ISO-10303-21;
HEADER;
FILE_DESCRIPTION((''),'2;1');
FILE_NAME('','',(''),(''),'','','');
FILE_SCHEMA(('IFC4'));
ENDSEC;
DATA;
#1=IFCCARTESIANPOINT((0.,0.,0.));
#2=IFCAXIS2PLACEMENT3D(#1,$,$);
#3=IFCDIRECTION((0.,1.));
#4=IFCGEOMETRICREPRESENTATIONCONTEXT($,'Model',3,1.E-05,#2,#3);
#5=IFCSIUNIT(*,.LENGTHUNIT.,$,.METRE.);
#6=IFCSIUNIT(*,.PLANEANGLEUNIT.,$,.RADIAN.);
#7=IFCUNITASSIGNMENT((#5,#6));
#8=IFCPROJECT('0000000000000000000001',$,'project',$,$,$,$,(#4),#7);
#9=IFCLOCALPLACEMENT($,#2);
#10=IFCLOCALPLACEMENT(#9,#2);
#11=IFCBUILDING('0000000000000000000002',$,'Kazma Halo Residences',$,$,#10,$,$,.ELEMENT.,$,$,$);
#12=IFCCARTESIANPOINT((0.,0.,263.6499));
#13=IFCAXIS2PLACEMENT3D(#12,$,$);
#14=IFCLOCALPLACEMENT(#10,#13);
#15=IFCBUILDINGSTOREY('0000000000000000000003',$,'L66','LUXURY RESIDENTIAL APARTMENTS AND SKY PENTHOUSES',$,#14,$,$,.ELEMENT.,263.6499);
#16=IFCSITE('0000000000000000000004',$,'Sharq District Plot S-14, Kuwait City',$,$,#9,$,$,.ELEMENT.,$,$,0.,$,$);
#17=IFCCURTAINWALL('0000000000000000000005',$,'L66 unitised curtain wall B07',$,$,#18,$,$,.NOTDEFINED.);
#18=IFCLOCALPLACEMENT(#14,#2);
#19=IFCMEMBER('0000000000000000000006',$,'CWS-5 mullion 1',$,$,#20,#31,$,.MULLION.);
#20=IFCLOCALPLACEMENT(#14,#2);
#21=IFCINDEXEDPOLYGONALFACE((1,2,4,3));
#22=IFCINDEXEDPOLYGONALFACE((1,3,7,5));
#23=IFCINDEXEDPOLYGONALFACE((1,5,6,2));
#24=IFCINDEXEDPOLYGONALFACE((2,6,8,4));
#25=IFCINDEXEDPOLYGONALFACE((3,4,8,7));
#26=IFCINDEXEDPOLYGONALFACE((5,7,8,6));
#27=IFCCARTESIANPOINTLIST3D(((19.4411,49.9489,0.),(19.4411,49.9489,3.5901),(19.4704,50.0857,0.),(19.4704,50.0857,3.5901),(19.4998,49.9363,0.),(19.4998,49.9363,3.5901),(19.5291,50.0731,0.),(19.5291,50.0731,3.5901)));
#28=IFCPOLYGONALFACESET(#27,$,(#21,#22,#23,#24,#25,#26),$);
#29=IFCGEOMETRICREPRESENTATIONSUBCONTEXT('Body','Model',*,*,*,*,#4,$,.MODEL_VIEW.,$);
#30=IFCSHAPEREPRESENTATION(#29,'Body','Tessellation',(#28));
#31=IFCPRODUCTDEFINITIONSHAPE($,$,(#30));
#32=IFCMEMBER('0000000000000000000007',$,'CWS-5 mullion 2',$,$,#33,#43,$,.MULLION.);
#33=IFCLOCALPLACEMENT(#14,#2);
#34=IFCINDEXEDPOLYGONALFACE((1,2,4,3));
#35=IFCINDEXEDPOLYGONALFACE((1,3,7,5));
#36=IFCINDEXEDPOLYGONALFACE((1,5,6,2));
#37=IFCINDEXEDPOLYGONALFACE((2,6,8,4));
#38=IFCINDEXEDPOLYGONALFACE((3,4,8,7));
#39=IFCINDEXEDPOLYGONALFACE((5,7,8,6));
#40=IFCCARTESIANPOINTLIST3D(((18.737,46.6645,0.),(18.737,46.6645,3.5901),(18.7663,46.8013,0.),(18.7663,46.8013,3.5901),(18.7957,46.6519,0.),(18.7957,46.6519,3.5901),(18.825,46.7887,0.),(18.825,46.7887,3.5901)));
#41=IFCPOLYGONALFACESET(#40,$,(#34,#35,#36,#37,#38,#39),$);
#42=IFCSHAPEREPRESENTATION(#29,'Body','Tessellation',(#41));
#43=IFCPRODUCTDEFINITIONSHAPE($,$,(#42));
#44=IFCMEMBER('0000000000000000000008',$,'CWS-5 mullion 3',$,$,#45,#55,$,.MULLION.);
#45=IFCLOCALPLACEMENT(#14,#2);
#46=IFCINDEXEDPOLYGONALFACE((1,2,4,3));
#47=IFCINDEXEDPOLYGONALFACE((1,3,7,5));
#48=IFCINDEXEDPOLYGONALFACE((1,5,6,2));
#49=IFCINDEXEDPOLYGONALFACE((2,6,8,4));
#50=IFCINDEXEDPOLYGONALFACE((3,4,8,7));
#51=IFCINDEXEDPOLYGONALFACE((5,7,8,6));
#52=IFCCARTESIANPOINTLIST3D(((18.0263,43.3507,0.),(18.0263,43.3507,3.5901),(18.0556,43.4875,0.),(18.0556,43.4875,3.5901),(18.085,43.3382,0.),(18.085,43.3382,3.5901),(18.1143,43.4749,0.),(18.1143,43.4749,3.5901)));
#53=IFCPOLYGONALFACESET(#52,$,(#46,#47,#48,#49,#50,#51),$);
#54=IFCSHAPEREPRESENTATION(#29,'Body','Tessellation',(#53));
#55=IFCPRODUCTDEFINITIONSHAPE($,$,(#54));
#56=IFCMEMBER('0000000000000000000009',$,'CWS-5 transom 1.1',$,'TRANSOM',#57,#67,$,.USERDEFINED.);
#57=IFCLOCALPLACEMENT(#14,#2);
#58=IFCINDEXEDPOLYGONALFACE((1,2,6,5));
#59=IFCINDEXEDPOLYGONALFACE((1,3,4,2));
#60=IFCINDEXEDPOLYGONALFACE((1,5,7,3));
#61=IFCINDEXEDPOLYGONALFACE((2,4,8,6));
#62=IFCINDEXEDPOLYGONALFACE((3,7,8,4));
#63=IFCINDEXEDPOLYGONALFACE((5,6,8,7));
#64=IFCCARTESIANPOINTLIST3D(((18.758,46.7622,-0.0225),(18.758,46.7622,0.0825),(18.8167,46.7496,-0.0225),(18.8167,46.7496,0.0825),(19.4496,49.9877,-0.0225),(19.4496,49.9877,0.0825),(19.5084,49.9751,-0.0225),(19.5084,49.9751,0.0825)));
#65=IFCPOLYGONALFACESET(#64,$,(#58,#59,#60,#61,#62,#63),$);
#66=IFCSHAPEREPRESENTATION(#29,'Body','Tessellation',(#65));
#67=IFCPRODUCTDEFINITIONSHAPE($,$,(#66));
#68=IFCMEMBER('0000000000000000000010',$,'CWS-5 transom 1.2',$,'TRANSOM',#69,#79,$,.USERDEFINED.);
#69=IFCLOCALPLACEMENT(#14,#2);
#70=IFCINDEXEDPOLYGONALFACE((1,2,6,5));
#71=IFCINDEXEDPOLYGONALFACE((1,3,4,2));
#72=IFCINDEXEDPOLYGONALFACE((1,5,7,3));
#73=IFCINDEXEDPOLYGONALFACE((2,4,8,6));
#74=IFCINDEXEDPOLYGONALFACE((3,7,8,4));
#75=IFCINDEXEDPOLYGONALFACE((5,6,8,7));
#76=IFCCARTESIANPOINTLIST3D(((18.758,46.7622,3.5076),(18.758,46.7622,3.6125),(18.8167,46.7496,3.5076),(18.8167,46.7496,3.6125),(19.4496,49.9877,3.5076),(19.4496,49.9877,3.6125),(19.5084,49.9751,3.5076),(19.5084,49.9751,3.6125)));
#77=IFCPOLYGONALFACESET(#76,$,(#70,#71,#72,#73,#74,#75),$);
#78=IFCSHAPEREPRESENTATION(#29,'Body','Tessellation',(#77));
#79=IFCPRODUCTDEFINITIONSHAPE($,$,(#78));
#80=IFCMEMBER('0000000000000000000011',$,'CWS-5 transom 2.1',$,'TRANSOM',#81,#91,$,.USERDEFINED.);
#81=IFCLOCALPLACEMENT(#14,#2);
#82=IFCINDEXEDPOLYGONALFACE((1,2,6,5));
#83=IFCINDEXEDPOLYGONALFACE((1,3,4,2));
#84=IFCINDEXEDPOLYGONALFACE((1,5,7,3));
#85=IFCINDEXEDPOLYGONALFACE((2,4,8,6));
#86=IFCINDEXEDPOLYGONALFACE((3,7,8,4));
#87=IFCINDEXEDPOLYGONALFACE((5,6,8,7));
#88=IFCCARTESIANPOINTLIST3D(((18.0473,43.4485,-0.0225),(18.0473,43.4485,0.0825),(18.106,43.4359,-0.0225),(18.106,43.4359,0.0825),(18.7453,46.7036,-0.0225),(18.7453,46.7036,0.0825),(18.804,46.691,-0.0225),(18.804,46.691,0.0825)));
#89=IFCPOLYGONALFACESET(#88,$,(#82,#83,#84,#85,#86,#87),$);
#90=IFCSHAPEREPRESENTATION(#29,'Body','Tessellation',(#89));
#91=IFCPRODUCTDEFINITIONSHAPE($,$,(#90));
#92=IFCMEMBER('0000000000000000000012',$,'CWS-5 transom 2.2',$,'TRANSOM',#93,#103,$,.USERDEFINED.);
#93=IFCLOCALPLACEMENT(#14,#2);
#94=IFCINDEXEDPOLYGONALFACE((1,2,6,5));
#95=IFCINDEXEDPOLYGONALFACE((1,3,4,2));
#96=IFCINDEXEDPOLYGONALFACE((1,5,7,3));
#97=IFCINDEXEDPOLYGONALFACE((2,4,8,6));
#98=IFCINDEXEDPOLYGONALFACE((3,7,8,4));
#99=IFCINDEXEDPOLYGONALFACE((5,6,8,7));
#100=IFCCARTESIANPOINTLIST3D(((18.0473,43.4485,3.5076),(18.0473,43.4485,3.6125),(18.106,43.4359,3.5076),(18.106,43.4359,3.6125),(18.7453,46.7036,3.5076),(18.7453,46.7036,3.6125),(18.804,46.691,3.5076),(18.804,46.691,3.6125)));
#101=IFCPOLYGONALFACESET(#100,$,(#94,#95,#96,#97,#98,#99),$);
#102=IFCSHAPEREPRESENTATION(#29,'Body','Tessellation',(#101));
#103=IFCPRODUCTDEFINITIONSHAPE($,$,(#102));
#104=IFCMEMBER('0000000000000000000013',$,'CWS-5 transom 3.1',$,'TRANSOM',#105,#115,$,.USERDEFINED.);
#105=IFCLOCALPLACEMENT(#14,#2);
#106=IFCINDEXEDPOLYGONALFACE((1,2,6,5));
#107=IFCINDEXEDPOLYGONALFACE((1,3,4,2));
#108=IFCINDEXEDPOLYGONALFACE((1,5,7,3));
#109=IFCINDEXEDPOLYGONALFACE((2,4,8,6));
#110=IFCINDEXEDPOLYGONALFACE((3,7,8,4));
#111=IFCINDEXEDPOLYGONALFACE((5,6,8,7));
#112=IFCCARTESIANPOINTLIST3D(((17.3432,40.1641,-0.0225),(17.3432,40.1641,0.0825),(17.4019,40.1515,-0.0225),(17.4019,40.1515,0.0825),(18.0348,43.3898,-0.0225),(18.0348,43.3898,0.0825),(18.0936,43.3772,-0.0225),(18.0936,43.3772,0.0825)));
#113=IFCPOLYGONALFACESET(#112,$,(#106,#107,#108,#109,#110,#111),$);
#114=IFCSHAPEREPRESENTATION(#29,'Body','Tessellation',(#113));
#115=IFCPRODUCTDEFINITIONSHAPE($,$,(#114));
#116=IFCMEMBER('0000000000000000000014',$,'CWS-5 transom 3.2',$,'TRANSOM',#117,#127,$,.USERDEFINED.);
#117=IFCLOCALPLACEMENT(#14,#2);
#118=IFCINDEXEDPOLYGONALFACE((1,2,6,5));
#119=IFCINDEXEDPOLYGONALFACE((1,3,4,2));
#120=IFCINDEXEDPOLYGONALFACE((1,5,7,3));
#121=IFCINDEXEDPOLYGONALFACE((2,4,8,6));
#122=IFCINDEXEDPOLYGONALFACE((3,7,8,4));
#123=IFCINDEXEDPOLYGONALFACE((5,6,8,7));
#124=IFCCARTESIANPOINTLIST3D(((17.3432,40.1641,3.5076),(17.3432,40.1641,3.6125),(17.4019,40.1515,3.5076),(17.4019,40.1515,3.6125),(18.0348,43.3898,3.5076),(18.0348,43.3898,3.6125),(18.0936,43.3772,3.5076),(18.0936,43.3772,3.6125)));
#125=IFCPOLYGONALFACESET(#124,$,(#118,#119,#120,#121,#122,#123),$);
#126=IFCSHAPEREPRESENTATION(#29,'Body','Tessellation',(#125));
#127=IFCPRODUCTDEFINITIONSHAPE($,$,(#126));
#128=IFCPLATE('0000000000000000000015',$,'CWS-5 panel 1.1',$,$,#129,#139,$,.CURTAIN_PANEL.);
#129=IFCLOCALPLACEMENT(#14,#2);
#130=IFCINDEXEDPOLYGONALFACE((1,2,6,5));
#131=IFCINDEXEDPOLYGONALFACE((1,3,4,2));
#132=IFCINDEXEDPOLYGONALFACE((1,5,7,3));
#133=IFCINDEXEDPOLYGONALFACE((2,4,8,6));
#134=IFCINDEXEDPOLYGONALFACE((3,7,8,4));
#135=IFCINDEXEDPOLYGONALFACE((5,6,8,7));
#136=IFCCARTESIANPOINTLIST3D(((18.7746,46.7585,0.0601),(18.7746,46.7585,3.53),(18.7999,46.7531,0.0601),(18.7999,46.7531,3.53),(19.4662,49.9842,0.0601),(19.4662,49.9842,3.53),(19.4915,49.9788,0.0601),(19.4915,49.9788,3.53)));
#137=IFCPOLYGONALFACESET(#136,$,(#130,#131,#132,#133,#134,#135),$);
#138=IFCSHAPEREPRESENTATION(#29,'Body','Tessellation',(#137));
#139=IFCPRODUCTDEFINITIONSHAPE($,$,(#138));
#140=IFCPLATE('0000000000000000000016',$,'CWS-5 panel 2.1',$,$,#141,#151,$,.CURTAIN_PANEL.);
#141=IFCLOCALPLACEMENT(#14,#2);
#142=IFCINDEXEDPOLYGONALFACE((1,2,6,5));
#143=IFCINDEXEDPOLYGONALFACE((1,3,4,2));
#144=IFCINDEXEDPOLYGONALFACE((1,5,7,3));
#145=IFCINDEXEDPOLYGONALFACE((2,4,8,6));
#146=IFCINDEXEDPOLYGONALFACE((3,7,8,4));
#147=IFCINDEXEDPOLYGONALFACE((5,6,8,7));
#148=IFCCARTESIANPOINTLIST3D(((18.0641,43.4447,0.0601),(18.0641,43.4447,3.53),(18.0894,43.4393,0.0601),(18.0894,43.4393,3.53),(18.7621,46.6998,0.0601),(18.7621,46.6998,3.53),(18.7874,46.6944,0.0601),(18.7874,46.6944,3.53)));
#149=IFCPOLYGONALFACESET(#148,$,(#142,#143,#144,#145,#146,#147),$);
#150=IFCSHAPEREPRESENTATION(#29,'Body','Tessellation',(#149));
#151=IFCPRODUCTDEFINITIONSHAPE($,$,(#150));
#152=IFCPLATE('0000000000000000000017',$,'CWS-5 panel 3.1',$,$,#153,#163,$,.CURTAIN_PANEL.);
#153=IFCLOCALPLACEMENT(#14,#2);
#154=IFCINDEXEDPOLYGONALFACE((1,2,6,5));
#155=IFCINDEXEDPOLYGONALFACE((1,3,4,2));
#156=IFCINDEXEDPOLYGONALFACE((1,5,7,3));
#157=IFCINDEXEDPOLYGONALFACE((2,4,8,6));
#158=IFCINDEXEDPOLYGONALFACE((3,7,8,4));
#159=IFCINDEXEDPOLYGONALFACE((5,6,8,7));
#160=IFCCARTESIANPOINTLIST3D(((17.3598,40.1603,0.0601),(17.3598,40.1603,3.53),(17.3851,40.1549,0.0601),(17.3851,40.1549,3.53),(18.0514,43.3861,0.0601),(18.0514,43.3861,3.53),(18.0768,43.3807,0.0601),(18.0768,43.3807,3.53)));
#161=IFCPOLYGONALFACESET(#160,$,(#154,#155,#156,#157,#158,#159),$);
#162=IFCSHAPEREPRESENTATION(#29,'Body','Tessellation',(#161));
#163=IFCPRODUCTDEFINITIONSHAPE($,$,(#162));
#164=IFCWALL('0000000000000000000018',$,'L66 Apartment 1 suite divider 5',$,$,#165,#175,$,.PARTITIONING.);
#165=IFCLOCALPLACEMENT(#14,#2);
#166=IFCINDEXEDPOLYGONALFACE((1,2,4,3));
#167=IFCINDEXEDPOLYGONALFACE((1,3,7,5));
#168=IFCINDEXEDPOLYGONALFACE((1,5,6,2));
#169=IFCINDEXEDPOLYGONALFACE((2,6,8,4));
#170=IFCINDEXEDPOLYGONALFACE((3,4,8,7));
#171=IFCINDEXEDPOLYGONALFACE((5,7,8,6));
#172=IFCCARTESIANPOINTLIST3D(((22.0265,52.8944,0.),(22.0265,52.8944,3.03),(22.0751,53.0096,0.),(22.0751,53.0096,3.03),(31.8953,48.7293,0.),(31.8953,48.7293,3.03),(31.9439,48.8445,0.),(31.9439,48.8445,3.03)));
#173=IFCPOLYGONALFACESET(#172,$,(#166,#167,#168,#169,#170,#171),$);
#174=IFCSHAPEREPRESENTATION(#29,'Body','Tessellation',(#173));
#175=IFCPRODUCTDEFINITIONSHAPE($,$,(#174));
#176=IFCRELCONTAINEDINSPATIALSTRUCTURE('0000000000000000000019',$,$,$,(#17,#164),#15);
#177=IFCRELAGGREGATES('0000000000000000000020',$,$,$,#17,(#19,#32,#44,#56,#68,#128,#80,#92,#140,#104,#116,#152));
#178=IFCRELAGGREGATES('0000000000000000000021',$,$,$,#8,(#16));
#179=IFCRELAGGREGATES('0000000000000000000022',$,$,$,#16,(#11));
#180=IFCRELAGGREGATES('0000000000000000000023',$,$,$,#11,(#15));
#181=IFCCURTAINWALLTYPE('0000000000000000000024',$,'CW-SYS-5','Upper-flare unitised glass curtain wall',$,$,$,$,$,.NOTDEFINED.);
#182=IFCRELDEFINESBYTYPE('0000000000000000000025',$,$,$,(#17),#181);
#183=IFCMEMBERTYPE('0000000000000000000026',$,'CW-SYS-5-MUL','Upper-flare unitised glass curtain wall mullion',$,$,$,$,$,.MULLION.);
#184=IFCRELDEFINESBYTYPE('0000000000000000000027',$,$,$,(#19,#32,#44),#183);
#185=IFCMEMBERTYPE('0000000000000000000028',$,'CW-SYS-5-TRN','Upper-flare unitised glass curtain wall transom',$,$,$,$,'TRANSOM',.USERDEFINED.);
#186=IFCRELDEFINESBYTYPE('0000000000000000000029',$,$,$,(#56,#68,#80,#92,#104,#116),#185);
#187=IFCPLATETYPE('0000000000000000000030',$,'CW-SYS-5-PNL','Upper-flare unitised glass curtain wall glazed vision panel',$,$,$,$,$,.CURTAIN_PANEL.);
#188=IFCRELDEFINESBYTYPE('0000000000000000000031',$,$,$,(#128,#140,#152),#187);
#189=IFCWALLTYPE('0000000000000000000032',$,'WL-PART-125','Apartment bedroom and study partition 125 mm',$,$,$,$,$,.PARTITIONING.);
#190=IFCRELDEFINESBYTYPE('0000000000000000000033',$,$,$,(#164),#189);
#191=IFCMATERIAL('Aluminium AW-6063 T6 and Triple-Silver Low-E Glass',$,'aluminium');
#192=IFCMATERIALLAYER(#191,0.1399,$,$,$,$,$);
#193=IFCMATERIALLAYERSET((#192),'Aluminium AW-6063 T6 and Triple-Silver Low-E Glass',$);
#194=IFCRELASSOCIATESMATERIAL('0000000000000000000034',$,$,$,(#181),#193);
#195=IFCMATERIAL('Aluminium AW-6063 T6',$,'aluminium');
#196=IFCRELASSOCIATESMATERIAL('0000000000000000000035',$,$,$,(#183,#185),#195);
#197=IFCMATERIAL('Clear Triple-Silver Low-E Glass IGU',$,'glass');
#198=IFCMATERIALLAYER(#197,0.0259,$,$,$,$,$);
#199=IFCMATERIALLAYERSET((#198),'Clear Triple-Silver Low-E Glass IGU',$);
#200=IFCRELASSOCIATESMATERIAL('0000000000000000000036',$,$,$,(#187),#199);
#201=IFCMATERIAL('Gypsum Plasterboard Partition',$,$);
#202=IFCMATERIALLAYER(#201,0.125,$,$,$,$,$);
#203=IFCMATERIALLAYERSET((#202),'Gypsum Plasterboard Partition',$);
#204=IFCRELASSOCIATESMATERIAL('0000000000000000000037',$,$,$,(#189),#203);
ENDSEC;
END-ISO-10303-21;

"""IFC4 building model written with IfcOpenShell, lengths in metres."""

from ifc_helpers import new_model, si_unit, direction, frame, frame_2d, origin, origin_2d, place, context, subcontext, project, spatial, rectangle, extrude, material, layer, layer_set, material_profile, profile_set, type_object, element, aggregate, save


model = new_model("IFC4")

# Units and contexts
model_context = context("Model", 3, precision=1e-05, world=origin(), true_north=direction((0.0, 1.0)))
body_context = subcontext(model_context, "Body", "Model", "MODEL_VIEW")
ifc_project = project(units=[si_unit("LENGTHUNIT", "METRE"), si_unit("PLANEANGLEUNIT", "RADIAN")], contexts=[model_context])

# Site, building, storey
site_placement = place(None, origin())
site = spatial("IfcSite", under=ifc_project, at=site_placement, Name="Sharq District Plot S-14, Kuwait City", CompositionType="ELEMENT", RefElevation=0.0)
building_placement = place(site_placement, origin())
building = spatial("IfcBuilding", under=site, at=building_placement, Name="Kazma Halo Residences", CompositionType="ELEMENT")
storey_placement = place(building_placement, frame((0.0, 0.0, 263.6499)))
storey = spatial("IfcBuildingStorey", under=building, at=storey_placement, Name="L66", Description="LUXURY RESIDENTIAL APARTMENTS AND SKY PENTHOUSES", CompositionType="ELEMENT", Elevation=263.6499)

# Curtain wall, members, plates
ifc_material_1 = material(Name="Aluminium AW-6063 T6 and Triple-Silver Low-E Glass", Category="aluminium")
ifc_layer_1 = layer(ifc_material_1, 0.1399)
ifc_layer_set_1 = layer_set([ifc_layer_1], Name="Aluminium AW-6063 T6 and Triple-Silver Low-E Glass")
curtain_wall_type = type_object("IfcCurtainWallType", Name="CW-SYS-5", Description="Upper-flare unitised glass curtain wall", PredefinedType="NOTDEFINED", material=ifc_layer_set_1)
curtain_wall_placement = place(storey_placement, origin())
curtain_wall = element("IfcCurtainWall", 1, at=curtain_wall_placement, inside=storey, type_object=curtain_wall_type, Name="L66 unitised curtain wall B07", PredefinedType="NOTDEFINED")
ifc_material_2 = material(Name="Aluminium AW-6063 T6", Category="aluminium")
ifc_material_profile_1 = material_profile(ifc_material_2, rectangle(XDim=0.0601, YDim=0.1399, at=origin_2d()), Name="CWM-60x140")
ifc_profile_set_1 = profile_set([ifc_material_profile_1], Name="Aluminium AW-6063 T6")
member_type_1 = type_object("IfcMemberType", Name="CW-SYS-5-MUL", Description="Upper-flare unitised glass curtain wall mullion", PredefinedType="MULLION", material=ifc_profile_set_1)
member_1_placement = place(storey_placement, frame((19.4851, 50.011, 0.0), z_axis=(0.0, 0.0, 1.0), x_axis=(0.977775, -0.209657, 0.0)))
member_1 = element("IfcMember", 2, at=member_1_placement, type_object=member_type_1, Name="CWS-5 mullion 1", PredefinedType="MULLION", context=body_context, shape_type="SweptSolid", body=[
    extrude(rectangle(XDim=0.0601, YDim=0.1399, at=origin_2d()), origin(), (0.0, 0.0, 1.0), 3.5901),
])
member_2_placement = place(storey_placement, frame((18.781, 46.7266, 0.0), z_axis=(0.0, 0.0, 1.0), x_axis=(0.977775, -0.209657, 0.0)))
member_2 = element("IfcMember", 3, at=member_2_placement, type_object=member_type_1, Name="CWS-5 mullion 2", PredefinedType="MULLION", context=body_context, shape_type="SweptSolid", body=[
    extrude(rectangle(XDim=0.0601, YDim=0.1399, at=origin_2d()), origin(), (0.0, 0.0, 1.0), 3.5901),
])
member_3_placement = place(storey_placement, frame((18.0703, 43.4128, 0.0), z_axis=(0.0, 0.0, 1.0), x_axis=(0.977775, -0.209657, 0.0)))
member_3 = element("IfcMember", 4, at=member_3_placement, type_object=member_type_1, Name="CWS-5 mullion 3", PredefinedType="MULLION", context=body_context, shape_type="SweptSolid", body=[
    extrude(rectangle(XDim=0.0601, YDim=0.1399, at=origin_2d()), origin(), (0.0, 0.0, 1.0), 3.5901),
])
ifc_material_profile_2 = material_profile(ifc_material_2, rectangle(XDim=0.0601, YDim=0.105, at=origin_2d()), Name="CWT-60x105")
ifc_profile_set_2 = profile_set([ifc_material_profile_2], Name="Aluminium AW-6063 T6")
member_type_2 = type_object("IfcMemberType", Name="CW-SYS-5-TRN", Description="Upper-flare unitised glass curtain wall transom", ElementType="TRANSOM", PredefinedType="USERDEFINED", material=ifc_profile_set_2)
member_4_placement = place(storey_placement, frame((19.479, 49.9814, 0.03), z_axis=(-0.20966, -0.977774, 0.0), x_axis=(0.977774, -0.20966, 0.0)))
member_4 = element("IfcMember", 5, at=member_4_placement, type_object=member_type_2, Name="CWS-5 transom 1.1", ObjectType="TRANSOM", PredefinedType="USERDEFINED", context=body_context, shape_type="SweptSolid", body=[
    extrude(rectangle(XDim=0.0601, YDim=0.105, at=origin_2d()), origin(), (0.0, 0.0, 1.0), 3.2988),
])
member_5_placement = place(storey_placement, frame((19.479, 49.9814, 3.5601), z_axis=(-0.20966, -0.977774, 0.0), x_axis=(0.977774, -0.20966, 0.0)))
member_5 = element("IfcMember", 6, at=member_5_placement, type_object=member_type_2, Name="CWS-5 transom 1.2", ObjectType="TRANSOM", PredefinedType="USERDEFINED", context=body_context, shape_type="SweptSolid", body=[
    extrude(rectangle(XDim=0.0601, YDim=0.105, at=origin_2d()), origin(), (0.0, 0.0, 1.0), 3.2988),
])
member_6_placement = place(storey_placement, frame((18.7747, 46.6973, 0.03), z_axis=(-0.209664, -0.977773, 0.0), x_axis=(0.977773, -0.209664, 0.0)))
member_6 = element("IfcMember", 7, at=member_6_placement, type_object=member_type_2, Name="CWS-5 transom 2.1", ObjectType="TRANSOM", PredefinedType="USERDEFINED", context=body_context, shape_type="SweptSolid", body=[
    extrude(rectangle(XDim=0.0601, YDim=0.105, at=origin_2d()), origin(), (0.0, 0.0, 1.0), 3.3291),
])
member_7_placement = place(storey_placement, frame((18.7747, 46.6973, 3.5601), z_axis=(-0.209664, -0.977773, 0.0), x_axis=(0.977773, -0.209664, 0.0)))
member_7 = element("IfcMember", 8, at=member_7_placement, type_object=member_type_2, Name="CWS-5 transom 2.2", ObjectType="TRANSOM", PredefinedType="USERDEFINED", context=body_context, shape_type="SweptSolid", body=[
    extrude(rectangle(XDim=0.0601, YDim=0.105, at=origin_2d()), origin(), (0.0, 0.0, 1.0), 3.3291),
])
member_8_placement = place(storey_placement, frame((18.0642, 43.3835, 0.03), z_axis=(-0.209645, -0.977777, 0.0), x_axis=(0.977777, -0.209645, 0.0)))
member_8 = element("IfcMember", 9, at=member_8_placement, type_object=member_type_2, Name="CWS-5 transom 3.1", ObjectType="TRANSOM", PredefinedType="USERDEFINED", context=body_context, shape_type="SweptSolid", body=[
    extrude(rectangle(XDim=0.0601, YDim=0.105, at=origin_2d()), origin(), (0.0, 0.0, 1.0), 3.2991),
])
member_9_placement = place(storey_placement, frame((18.0642, 43.3835, 3.5601), z_axis=(-0.209645, -0.977777, 0.0), x_axis=(0.977777, -0.209645, 0.0)))
member_9 = element("IfcMember", 10, at=member_9_placement, type_object=member_type_2, Name="CWS-5 transom 3.2", ObjectType="TRANSOM", PredefinedType="USERDEFINED", context=body_context, shape_type="SweptSolid", body=[
    extrude(rectangle(XDim=0.0601, YDim=0.105, at=origin_2d()), origin(), (0.0, 0.0, 1.0), 3.2991),
])
ifc_material_3 = material(Name="Clear Triple-Silver Low-E Glass IGU", Category="glass")
ifc_layer_2 = layer(ifc_material_3, 0.0259)
ifc_layer_set_2 = layer_set([ifc_layer_2], Name="Clear Triple-Silver Low-E Glass IGU")
plate_type = type_object("IfcPlateType", Name="CW-SYS-5-PNL", Description="Upper-flare unitised glass curtain wall glazed vision panel", PredefinedType="CURTAIN_PANEL", material=ifc_layer_set_2)
plate_1_placement = place(storey_placement, frame((19.1331, 48.3687, 0.0601), z_axis=(0.0, 0.0, 1.0), x_axis=(-0.209657, -0.977775, 0.0)))
plate_1 = element("IfcPlate", 11, at=plate_1_placement, type_object=plate_type, Name="CWS-5 panel 1.1", PredefinedType="CURTAIN_PANEL", context=body_context, shape_type="SweptSolid", body=[
    extrude(rectangle(XDim=3.2991, YDim=0.0259, at=origin_2d()), origin(), (0.0, 0.0, 1.0), 3.47),
])
plate_2_placement = place(storey_placement, frame((18.4258, 45.0696, 0.0601), z_axis=(0.0, 0.0, 1.0), x_axis=(-0.209657, -0.977775, 0.0)))
plate_2 = element("IfcPlate", 12, at=plate_2_placement, type_object=plate_type, Name="CWS-5 panel 2.1", PredefinedType="CURTAIN_PANEL", context=body_context, shape_type="SweptSolid", body=[
    extrude(rectangle(XDim=3.3291, YDim=0.0259, at=origin_2d()), origin(), (0.0, 0.0, 1.0), 3.47),
])
plate_3_placement = place(storey_placement, frame((17.7183, 41.7705, 0.0601), z_axis=(0.0, 0.0, 1.0), x_axis=(-0.209657, -0.977775, 0.0)))
plate_3 = element("IfcPlate", 13, at=plate_3_placement, type_object=plate_type, Name="CWS-5 panel 3.1", PredefinedType="CURTAIN_PANEL", context=body_context, shape_type="SweptSolid", body=[
    extrude(rectangle(XDim=3.2991, YDim=0.0259, at=origin_2d()), origin(), (0.0, 0.0, 1.0), 3.47),
])
aggregate(curtain_wall, [member_1, member_2, member_3, member_4, member_5, plate_1, member_6, member_7, plate_2, member_8, member_9, plate_3])

# Wall
ifc_material_4 = material(Name="Gypsum Plasterboard Partition")
ifc_layer_3 = layer(ifc_material_4, 0.125)
ifc_layer_set_3 = layer_set([ifc_layer_3], Name="Gypsum Plasterboard Partition")
wall_type_1 = type_object("IfcWallType", Name="WL-PART-125", Description="Apartment bedroom and study partition 125 mm", PredefinedType="PARTITIONING", material=ifc_layer_set_3)
wall_1_placement = place(storey_placement, frame((31.9197, 48.7869, 0.0), z_axis=(0.0, 0.0, 1.0), x_axis=(-0.921307, 0.388835, 0.0)))
element("IfcWall", 14, at=wall_1_placement, inside=storey, type_object=wall_type_1, Name="L66 Apartment 1 suite divider 5", PredefinedType="PARTITIONING", context=body_context, shape_type="SweptSolid", body=[
    extrude(rectangle(XDim=10.7117, YDim=0.125, at=frame_2d((5.356, 0.0))), origin(), (0.0, 0.0, 1.0), 3.03),
])

save(model, "model.ifc")
